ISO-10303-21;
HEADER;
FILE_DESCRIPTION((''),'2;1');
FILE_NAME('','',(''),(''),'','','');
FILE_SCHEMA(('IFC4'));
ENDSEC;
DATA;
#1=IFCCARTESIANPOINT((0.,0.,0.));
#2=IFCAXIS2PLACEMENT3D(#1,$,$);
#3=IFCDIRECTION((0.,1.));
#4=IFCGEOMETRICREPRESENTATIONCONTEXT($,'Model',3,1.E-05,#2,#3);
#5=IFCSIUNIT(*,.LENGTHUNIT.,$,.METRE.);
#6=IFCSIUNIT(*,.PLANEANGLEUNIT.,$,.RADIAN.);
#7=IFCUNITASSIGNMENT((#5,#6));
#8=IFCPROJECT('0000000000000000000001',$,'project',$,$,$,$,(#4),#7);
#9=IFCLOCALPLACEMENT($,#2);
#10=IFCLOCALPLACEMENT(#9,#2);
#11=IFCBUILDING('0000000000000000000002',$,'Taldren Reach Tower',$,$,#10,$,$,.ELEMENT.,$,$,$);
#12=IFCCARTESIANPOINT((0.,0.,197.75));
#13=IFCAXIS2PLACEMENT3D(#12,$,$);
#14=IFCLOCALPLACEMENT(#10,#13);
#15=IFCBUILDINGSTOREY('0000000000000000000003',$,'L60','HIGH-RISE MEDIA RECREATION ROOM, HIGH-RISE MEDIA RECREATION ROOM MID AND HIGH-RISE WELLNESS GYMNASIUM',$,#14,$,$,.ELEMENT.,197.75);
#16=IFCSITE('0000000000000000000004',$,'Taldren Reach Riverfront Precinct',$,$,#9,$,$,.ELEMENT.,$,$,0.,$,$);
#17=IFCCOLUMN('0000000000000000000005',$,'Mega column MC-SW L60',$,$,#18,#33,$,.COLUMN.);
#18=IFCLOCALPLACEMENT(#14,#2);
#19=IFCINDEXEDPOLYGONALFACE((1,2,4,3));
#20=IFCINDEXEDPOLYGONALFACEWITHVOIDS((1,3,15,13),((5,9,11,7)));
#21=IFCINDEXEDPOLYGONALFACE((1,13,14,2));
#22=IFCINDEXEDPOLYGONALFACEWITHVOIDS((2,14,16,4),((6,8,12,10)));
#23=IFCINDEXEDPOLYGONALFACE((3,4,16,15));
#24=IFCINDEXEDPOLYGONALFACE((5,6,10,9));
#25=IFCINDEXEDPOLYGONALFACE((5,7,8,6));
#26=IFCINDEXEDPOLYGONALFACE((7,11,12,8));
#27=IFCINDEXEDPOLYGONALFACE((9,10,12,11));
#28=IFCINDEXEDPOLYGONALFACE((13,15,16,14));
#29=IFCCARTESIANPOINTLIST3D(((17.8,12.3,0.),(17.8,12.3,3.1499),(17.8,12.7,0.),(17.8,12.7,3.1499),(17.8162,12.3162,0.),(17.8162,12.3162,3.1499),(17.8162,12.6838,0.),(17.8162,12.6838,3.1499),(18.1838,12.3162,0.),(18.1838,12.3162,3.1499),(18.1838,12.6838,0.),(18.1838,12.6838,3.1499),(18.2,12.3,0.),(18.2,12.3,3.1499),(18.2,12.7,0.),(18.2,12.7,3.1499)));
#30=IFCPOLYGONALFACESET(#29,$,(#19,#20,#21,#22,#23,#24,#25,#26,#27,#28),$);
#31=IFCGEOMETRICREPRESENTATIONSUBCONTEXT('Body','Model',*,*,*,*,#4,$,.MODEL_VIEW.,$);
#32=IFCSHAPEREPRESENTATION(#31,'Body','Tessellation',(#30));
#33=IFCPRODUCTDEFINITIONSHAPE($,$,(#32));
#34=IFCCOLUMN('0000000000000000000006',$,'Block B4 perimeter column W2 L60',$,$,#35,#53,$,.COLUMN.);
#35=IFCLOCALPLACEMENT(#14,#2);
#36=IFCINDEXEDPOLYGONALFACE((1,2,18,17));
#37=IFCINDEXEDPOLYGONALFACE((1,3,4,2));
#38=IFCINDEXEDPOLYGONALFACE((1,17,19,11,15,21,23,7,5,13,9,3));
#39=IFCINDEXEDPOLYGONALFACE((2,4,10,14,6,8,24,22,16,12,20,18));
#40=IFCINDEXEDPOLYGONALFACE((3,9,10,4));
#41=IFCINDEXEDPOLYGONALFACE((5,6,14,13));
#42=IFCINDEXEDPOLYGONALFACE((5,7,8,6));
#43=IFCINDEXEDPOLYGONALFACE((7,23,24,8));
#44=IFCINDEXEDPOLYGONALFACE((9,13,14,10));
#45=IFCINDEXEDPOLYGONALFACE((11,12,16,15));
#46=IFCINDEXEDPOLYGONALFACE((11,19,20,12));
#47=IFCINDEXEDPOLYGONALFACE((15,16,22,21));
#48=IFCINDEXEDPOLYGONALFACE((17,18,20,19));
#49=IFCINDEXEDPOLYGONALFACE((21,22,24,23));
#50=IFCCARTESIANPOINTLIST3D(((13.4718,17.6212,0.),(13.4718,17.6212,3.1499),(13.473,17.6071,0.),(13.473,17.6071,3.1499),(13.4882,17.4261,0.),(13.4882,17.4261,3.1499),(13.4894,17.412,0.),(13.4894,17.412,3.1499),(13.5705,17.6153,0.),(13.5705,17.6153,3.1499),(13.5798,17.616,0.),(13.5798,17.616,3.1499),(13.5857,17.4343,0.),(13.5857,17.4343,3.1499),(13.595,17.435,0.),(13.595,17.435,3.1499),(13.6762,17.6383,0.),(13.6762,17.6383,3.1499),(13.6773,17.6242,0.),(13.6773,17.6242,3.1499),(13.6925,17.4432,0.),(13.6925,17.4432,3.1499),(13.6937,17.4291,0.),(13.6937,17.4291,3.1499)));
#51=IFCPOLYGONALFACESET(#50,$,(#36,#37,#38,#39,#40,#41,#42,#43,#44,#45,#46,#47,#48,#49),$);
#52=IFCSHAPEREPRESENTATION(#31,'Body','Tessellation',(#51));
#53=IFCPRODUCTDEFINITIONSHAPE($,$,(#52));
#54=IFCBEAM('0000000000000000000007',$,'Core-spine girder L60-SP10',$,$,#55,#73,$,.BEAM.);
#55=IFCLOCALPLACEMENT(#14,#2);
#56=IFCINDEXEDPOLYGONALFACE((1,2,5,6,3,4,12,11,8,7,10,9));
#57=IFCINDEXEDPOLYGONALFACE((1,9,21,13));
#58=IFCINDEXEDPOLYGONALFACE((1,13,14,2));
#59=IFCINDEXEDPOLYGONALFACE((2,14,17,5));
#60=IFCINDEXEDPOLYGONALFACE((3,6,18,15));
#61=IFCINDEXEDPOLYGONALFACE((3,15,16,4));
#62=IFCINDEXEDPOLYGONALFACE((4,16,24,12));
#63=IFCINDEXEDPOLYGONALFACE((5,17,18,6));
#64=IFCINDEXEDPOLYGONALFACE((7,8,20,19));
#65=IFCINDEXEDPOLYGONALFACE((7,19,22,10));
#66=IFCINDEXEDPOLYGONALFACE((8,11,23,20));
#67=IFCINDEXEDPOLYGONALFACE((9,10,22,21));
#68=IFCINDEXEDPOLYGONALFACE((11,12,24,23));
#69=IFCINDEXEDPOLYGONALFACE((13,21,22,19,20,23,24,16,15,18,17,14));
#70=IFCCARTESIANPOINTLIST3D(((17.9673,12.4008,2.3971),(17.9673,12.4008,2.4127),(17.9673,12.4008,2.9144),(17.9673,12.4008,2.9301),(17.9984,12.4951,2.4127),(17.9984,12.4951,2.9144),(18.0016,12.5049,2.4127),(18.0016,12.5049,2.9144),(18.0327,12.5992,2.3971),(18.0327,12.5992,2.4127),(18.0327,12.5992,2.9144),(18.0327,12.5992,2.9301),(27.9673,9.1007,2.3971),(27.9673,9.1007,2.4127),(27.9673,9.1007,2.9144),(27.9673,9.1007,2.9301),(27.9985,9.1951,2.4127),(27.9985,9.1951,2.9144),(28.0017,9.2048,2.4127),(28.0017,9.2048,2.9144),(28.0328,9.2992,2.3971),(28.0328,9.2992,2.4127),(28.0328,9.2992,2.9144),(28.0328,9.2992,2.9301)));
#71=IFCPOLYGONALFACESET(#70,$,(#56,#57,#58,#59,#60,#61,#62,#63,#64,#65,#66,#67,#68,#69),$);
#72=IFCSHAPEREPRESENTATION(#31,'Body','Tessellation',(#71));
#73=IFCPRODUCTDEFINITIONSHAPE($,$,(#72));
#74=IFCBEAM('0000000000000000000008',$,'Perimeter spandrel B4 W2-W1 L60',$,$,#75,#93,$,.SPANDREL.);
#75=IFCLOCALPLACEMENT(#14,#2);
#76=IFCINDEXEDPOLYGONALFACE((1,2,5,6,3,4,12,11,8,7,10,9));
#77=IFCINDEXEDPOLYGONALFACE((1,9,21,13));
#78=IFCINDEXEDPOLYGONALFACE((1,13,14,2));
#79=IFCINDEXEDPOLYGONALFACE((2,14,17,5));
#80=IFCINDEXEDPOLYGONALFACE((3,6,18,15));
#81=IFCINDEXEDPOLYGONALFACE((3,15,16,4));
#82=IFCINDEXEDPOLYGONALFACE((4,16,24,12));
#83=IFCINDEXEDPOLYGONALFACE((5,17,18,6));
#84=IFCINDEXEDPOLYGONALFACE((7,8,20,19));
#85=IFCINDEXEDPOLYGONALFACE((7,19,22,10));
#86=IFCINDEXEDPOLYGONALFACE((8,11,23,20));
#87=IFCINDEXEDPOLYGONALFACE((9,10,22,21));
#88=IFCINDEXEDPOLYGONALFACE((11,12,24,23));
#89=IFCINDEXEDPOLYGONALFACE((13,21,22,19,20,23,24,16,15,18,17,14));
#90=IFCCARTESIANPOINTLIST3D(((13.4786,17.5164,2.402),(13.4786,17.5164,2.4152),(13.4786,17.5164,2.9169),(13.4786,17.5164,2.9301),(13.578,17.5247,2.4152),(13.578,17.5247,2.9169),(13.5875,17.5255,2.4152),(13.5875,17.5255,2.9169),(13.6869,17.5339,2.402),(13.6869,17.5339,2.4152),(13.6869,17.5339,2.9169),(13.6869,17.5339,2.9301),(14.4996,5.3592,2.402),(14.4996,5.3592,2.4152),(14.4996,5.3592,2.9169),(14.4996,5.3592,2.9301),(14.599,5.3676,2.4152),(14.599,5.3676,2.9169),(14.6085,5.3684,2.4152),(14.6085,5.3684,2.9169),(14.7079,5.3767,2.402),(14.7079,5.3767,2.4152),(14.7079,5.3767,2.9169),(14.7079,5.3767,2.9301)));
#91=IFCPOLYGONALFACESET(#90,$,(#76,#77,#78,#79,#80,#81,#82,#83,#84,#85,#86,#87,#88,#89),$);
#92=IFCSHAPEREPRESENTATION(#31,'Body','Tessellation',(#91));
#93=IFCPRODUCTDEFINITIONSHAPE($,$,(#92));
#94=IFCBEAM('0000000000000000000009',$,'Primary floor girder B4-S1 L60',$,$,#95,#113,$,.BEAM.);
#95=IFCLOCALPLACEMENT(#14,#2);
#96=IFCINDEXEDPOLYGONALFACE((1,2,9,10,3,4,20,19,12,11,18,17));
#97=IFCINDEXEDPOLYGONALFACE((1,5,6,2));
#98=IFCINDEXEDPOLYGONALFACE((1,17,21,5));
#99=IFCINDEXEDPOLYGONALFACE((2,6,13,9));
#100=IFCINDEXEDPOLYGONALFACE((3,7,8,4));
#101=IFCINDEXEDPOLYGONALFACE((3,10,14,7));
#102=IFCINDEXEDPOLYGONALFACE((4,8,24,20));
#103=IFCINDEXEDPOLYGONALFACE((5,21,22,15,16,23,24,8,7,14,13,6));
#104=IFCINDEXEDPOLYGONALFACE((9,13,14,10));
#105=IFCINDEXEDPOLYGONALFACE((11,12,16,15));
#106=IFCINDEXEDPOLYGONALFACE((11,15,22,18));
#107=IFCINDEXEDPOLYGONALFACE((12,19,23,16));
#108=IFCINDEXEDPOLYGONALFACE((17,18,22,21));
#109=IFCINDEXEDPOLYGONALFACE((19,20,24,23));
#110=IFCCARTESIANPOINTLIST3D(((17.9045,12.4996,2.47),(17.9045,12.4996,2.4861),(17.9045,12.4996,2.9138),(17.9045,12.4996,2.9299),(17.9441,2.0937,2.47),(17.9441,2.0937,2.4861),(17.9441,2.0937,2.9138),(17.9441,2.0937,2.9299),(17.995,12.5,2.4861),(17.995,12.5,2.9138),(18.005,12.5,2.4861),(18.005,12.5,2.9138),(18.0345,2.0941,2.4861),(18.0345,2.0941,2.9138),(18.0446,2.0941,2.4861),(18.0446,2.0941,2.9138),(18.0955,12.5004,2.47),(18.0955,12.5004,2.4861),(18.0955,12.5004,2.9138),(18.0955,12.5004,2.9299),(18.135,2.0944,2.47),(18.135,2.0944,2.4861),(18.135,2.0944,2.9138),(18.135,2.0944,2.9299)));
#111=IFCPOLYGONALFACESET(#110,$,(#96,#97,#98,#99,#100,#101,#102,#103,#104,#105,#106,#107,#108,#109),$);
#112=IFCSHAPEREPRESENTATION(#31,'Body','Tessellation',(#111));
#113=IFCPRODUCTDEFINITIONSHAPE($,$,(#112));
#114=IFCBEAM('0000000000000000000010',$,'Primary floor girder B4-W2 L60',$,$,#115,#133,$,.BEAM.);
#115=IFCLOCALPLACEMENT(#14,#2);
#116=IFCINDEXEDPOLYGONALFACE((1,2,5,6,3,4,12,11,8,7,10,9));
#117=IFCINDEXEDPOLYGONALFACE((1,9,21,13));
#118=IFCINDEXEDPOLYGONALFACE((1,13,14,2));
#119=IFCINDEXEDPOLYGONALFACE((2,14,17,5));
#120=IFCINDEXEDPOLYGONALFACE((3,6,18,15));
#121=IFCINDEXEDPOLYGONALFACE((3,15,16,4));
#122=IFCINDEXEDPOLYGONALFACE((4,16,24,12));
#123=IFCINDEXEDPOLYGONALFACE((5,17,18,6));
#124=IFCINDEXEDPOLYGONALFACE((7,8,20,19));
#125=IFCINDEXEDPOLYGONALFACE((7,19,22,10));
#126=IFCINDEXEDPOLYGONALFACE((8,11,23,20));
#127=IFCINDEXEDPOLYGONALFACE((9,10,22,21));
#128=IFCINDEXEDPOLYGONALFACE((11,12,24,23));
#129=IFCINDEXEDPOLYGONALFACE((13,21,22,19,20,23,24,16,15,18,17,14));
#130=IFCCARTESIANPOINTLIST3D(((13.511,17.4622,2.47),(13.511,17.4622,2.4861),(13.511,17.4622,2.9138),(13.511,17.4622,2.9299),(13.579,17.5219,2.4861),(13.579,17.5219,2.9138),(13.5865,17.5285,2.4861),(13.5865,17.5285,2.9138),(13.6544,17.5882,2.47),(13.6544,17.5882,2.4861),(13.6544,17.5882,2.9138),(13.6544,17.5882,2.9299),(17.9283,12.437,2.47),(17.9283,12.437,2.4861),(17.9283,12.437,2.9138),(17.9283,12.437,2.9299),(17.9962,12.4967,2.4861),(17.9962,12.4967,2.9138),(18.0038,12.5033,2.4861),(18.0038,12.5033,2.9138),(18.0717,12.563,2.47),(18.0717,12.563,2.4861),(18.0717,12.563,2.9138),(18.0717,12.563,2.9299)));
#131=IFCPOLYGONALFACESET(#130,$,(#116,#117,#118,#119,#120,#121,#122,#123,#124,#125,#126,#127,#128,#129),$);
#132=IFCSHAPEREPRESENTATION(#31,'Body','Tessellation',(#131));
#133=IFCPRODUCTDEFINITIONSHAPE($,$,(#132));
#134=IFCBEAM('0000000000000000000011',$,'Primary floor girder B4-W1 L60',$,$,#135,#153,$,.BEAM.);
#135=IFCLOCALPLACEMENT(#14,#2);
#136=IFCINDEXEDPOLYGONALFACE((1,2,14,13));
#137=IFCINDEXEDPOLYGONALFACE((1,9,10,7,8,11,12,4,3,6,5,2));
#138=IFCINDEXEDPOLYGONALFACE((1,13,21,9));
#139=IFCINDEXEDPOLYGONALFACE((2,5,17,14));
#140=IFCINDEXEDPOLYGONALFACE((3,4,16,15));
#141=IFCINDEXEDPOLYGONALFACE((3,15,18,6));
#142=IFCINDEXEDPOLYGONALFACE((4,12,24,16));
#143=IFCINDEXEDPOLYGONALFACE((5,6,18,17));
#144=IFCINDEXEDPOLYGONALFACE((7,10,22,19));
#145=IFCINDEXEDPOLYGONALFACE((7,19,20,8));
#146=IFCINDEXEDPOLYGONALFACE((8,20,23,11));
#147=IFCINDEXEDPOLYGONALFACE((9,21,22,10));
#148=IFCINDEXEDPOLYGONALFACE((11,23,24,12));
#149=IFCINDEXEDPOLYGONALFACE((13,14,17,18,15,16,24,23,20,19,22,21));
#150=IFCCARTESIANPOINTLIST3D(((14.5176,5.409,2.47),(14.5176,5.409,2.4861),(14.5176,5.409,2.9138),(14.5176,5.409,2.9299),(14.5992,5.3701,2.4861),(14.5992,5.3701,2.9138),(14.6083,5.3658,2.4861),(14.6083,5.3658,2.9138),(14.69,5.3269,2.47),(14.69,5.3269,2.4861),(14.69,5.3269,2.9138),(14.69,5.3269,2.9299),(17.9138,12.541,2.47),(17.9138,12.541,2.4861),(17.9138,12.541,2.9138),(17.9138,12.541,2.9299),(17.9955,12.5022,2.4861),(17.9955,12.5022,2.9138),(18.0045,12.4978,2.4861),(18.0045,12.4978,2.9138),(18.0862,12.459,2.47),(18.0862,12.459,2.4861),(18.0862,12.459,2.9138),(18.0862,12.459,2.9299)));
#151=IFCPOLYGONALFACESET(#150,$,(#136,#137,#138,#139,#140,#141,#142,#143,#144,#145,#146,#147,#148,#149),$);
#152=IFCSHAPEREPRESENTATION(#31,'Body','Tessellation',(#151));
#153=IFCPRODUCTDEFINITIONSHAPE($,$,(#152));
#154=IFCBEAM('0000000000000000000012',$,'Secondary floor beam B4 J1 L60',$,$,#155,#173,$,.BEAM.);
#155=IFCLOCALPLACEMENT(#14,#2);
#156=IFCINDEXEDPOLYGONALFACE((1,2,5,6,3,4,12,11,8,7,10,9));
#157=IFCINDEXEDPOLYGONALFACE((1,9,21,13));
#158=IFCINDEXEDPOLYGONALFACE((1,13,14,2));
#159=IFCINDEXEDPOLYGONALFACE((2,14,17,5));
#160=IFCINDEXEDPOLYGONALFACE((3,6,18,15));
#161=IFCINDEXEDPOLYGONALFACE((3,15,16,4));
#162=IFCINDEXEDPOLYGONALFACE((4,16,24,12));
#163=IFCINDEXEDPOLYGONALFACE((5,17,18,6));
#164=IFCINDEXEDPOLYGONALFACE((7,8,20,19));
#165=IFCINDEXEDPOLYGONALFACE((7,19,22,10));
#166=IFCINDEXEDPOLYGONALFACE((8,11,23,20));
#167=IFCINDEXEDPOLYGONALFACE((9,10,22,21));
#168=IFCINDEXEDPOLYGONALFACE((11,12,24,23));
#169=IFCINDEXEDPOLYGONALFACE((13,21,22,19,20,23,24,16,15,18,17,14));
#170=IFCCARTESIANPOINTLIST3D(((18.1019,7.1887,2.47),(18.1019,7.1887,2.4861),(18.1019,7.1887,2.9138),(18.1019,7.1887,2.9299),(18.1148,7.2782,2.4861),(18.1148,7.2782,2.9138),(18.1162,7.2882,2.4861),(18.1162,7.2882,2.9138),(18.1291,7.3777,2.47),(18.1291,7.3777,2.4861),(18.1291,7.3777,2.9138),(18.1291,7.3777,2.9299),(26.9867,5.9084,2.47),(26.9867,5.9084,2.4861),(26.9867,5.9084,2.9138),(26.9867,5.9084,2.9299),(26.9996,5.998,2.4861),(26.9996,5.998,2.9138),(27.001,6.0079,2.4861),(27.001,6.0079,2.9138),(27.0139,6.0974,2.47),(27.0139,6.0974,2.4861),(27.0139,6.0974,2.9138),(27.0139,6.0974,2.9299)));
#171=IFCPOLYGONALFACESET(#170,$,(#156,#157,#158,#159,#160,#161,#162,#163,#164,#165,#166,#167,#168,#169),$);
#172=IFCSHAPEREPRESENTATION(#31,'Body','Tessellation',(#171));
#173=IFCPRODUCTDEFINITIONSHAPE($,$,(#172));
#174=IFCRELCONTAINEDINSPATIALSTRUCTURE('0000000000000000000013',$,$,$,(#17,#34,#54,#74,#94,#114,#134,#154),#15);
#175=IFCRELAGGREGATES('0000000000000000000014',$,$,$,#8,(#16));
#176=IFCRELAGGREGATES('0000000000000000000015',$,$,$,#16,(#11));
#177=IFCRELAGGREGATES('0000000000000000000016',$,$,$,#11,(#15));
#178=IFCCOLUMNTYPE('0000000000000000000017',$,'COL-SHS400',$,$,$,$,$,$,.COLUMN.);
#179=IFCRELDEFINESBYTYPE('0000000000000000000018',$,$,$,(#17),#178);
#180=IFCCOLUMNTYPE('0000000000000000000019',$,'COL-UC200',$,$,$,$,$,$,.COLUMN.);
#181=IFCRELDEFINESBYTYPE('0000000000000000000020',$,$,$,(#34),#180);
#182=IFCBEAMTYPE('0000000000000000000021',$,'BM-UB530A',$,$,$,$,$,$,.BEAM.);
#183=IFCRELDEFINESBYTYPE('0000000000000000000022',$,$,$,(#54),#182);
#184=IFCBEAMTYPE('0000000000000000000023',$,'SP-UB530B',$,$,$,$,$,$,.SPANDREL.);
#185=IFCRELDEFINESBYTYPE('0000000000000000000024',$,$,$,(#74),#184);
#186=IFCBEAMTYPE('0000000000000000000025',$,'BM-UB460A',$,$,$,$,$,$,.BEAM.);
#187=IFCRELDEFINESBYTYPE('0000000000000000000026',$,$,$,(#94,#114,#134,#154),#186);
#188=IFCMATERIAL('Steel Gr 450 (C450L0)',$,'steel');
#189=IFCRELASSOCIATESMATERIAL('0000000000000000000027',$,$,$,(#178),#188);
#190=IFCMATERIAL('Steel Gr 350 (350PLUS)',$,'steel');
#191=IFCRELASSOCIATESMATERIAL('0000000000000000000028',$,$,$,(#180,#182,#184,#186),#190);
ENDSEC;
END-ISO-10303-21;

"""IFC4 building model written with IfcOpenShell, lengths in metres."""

from ifc_helpers import new_model, si_unit, direction, frame, origin, origin_2d, place, context, subcontext, project, spatial, hollow_rectangle, i_section, extrude, source, transform, mapped, material, material_profile, profile_set, type_object, element, save


model = new_model("IFC4")

# Units and contexts
model_context = context("Model", 3, precision=1e-05, world=origin(), true_north=direction((0.0, 1.0)))
body_context = subcontext(model_context, "Body", "Model", "MODEL_VIEW")
ifc_project = project(units=[si_unit("LENGTHUNIT", "METRE"), si_unit("PLANEANGLEUNIT", "RADIAN")], contexts=[model_context])

# Site, building, storey
site_placement = place(None, origin())
site = spatial("IfcSite", under=ifc_project, at=site_placement, Name="Taldren Reach Riverfront Precinct", CompositionType="ELEMENT", RefElevation=0.0)
building_placement = place(site_placement, origin())
building = spatial("IfcBuilding", under=site, at=building_placement, Name="Taldren Reach Tower", CompositionType="ELEMENT")
storey_placement = place(building_placement, frame((0.0, 0.0, 197.75)))
storey = spatial("IfcBuildingStorey", under=building, at=storey_placement, Name="L60", Description="HIGH-RISE MEDIA RECREATION ROOM, HIGH-RISE MEDIA RECREATION ROOM MID AND HIGH-RISE WELLNESS GYMNASIUM", CompositionType="ELEMENT", Elevation=197.75)

# Columns
ifc_material_1 = material(Name="Steel Gr 450 (C450L0)", Category="steel")
ifc_material_profile_1 = material_profile(ifc_material_1, hollow_rectangle(XDim=0.3999, YDim=0.3999, WallThickness=0.0161, at=origin_2d()), Name="400x400x16.0SHS")
ifc_profile_set_1 = profile_set([ifc_material_profile_1], Name="Steel Gr 450 (C450L0)")
column_type_1 = type_object("IfcColumnType", Name="COL-SHS400", PredefinedType="COLUMN", material=ifc_profile_set_1)
shared_shape_1 = source(origin(), body_context, "Body", "SweptSolid", [
    extrude(hollow_rectangle(XDim=0.3999, YDim=0.3999, WallThickness=0.0161, at=origin_2d()), origin(), (0.0, 0.0, 1.0), 3.1499),
])
column_1_placement = place(storey_placement, frame((18.0, 12.5, 0.0), z_axis=(0.0, 0.0, 1.0), x_axis=(1.0, 0.0, 0.0)))
element("IfcColumn", 1, at=column_1_placement, inside=storey, type_object=column_type_1, Name="Mega column MC-SW L60", PredefinedType="COLUMN", context=body_context, shape_type="MappedRepresentation", body=[
    mapped(shared_shape_1, transform((0.0, 0.0, 0.0), scale=1.0)),
])
ifc_material_2 = material(Name="Steel Gr 350 (350PLUS)", Category="steel")
ifc_material_profile_2 = material_profile(ifc_material_2, i_section(OverallWidth=0.2051, OverallDepth=0.21, WebThickness=0.0093, FlangeThickness=0.0142, at=origin_2d()), Name="200UC59.5")
ifc_profile_set_2 = profile_set([ifc_material_profile_2], Name="Steel Gr 350 (350PLUS)")
column_type_2 = type_object("IfcColumnType", Name="COL-UC200", PredefinedType="COLUMN", material=ifc_profile_set_2)
shared_shape_2 = source(origin(), body_context, "Body", "SweptSolid", [
    extrude(i_section(OverallWidth=0.2051, OverallDepth=0.21, WebThickness=0.0093, FlangeThickness=0.0142, at=origin_2d()), origin(), (0.0, 0.0, 1.0), 3.1499),
])
column_2_placement = place(storey_placement, frame((13.5828, 17.5251, 0.0), z_axis=(0.0, 0.0, 1.0), x_axis=(0.996493, 0.083678, 0.0)))
element("IfcColumn", 2, at=column_2_placement, inside=storey, type_object=column_type_2, Name="Block B4 perimeter column W2 L60", PredefinedType="COLUMN", context=body_context, shape_type="MappedRepresentation", body=[
    mapped(shared_shape_2, transform((0.0, 0.0, 0.0), scale=1.0)),
])

# Beams
ifc_material_profile_3 = material_profile(ifc_material_2, i_section(OverallWidth=0.209, OverallDepth=0.533, WebThickness=0.0103, FlangeThickness=0.0156, at=origin_2d()), Name="530UB92.4")
ifc_profile_set_3 = profile_set([ifc_material_profile_3], Name="Steel Gr 350 (350PLUS)")
beam_type_1 = type_object("IfcBeamType", Name="BM-UB530A", PredefinedType="BEAM", material=ifc_profile_set_3)
shared_shape_3 = source(origin(), body_context, "Body", "SweptSolid", [
    extrude(i_section(OverallWidth=0.209, OverallDepth=0.533, WebThickness=0.0103, FlangeThickness=0.0156, at=origin_2d()), origin(), (0.0, 0.0, 1.0), 10.5305),
])
beam_1_placement = place(storey_placement, frame((18.0, 12.5, 2.6636), z_axis=(0.949627, -0.313382, 0.0), x_axis=(0.313382, 0.949627, 0.0)))
element("IfcBeam", 3, at=beam_1_placement, inside=storey, type_object=beam_type_1, Name="Core-spine girder L60-SP10", PredefinedType="BEAM", context=body_context, shape_type="MappedRepresentation", body=[
    mapped(shared_shape_3, transform((0.0, 0.0, 0.0), scale=1.0)),
])
ifc_material_profile_4 = material_profile(ifc_material_2, i_section(OverallWidth=0.209, OverallDepth=0.5281, WebThickness=0.0095, FlangeThickness=0.0132, at=origin_2d()), Name="530UB82.0")
ifc_profile_set_4 = profile_set([ifc_material_profile_4], Name="Steel Gr 350 (350PLUS)")
beam_type_2 = type_object("IfcBeamType", Name="SP-UB530B", PredefinedType="SPANDREL", material=ifc_profile_set_4)
shared_shape_4 = source(origin(), body_context, "Body", "SweptSolid", [
    extrude(i_section(OverallWidth=0.209, OverallDepth=0.5281, WebThickness=0.0095, FlangeThickness=0.0132, at=origin_2d()), origin(), (0.0, 0.0, 1.0), 12.2),
])
beam_2_placement = place(storey_placement, frame((13.5828, 17.5251, 2.666), z_axis=(0.083688, -0.996492, 0.0), x_axis=(0.996492, 0.083688, 0.0)))
element("IfcBeam", 4, at=beam_2_placement, inside=storey, type_object=beam_type_2, Name="Perimeter spandrel B4 W2-W1 L60", PredefinedType="SPANDREL", context=body_context, shape_type="MappedRepresentation", body=[
    mapped(shared_shape_4, transform((0.0, 0.0, 0.0), scale=1.0)),
])
ifc_material_profile_5 = material_profile(ifc_material_2, i_section(OverallWidth=0.1909, OverallDepth=0.46, WebThickness=0.01, FlangeThickness=0.0161, at=origin_2d()), Name="460UB82.1")
ifc_profile_set_5 = profile_set([ifc_material_profile_5], Name="Steel Gr 350 (350PLUS)")
beam_type_3 = type_object("IfcBeamType", Name="BM-UB460A", PredefinedType="BEAM", material=ifc_profile_set_5)
shared_shape_5 = source(origin(), body_context, "Body", "SweptSolid", [
    extrude(i_section(OverallWidth=0.1909, OverallDepth=0.46, WebThickness=0.01, FlangeThickness=0.0161, at=origin_2d()), origin(), (0.0, 0.0, 1.0), 10.406),
])
beam_3_placement = place(storey_placement, frame((18.0, 12.5, 2.7), z_axis=(0.003801, -0.999993, 0.0), x_axis=(0.999993, 0.003801, 0.0)))
element("IfcBeam", 5, at=beam_3_placement, inside=storey, type_object=beam_type_3, Name="Primary floor girder B4-S1 L60", PredefinedType="BEAM", context=body_context, shape_type="MappedRepresentation", body=[
    mapped(shared_shape_5, transform((0.0, 0.0, 0.0), scale=1.0)),
])
shared_shape_6 = source(origin(), body_context, "Body", "SweptSolid", [
    extrude(i_section(OverallWidth=0.1909, OverallDepth=0.46, WebThickness=0.01, FlangeThickness=0.0161, at=origin_2d()), origin(), (0.0, 0.0, 1.0), 6.6907),
])
beam_4_placement = place(storey_placement, frame((18.0, 12.5, 2.7), z_axis=(-0.660216, 0.751076, 0.0), x_axis=(-0.751076, -0.660216, 0.0)))
element("IfcBeam", 6, at=beam_4_placement, inside=storey, type_object=beam_type_3, Name="Primary floor girder B4-W2 L60", PredefinedType="BEAM", context=body_context, shape_type="MappedRepresentation", body=[
    mapped(shared_shape_6, transform((0.0, 0.0, 0.0), scale=1.0)),
])
shared_shape_7 = source(origin(), body_context, "Body", "SweptSolid", [
    extrude(i_section(OverallWidth=0.1909, OverallDepth=0.46, WebThickness=0.01, FlangeThickness=0.0161, at=origin_2d()), origin(), (0.0, 0.0, 1.0), 7.8994),
])
beam_5_placement = place(storey_placement, frame((18.0, 12.5, 2.7), z_axis=(-0.429935, -0.90286, 0.0), x_axis=(0.90286, -0.429935, 0.0)))
element("IfcBeam", 7, at=beam_5_placement, inside=storey, type_object=beam_type_3, Name="Primary floor girder B4-W1 L60", PredefinedType="BEAM", context=body_context, shape_type="MappedRepresentation", body=[
    mapped(shared_shape_7, transform((0.0, 0.0, 0.0), scale=1.0)),
])
shared_shape_8 = source(origin(), body_context, "Body", "SweptSolid", [
    extrude(i_section(OverallWidth=0.1909, OverallDepth=0.46, WebThickness=0.01, FlangeThickness=0.0161, at=origin_2d()), origin(), (0.0, 0.0, 1.0), 8.9766),
])
beam_6_placement = place(storey_placement, frame((18.1155, 7.2832, 2.7), z_axis=(0.989777, -0.142624, 0.0), x_axis=(0.142624, 0.989777, 0.0)))
element("IfcBeam", 8, at=beam_6_placement, inside=storey, type_object=beam_type_3, Name="Secondary floor beam B4 J1 L60", PredefinedType="BEAM", context=body_context, shape_type="MappedRepresentation", body=[
    mapped(shared_shape_8, transform((0.0, 0.0, 0.0), scale=1.0)),
])

save(model, "model.ifc")
